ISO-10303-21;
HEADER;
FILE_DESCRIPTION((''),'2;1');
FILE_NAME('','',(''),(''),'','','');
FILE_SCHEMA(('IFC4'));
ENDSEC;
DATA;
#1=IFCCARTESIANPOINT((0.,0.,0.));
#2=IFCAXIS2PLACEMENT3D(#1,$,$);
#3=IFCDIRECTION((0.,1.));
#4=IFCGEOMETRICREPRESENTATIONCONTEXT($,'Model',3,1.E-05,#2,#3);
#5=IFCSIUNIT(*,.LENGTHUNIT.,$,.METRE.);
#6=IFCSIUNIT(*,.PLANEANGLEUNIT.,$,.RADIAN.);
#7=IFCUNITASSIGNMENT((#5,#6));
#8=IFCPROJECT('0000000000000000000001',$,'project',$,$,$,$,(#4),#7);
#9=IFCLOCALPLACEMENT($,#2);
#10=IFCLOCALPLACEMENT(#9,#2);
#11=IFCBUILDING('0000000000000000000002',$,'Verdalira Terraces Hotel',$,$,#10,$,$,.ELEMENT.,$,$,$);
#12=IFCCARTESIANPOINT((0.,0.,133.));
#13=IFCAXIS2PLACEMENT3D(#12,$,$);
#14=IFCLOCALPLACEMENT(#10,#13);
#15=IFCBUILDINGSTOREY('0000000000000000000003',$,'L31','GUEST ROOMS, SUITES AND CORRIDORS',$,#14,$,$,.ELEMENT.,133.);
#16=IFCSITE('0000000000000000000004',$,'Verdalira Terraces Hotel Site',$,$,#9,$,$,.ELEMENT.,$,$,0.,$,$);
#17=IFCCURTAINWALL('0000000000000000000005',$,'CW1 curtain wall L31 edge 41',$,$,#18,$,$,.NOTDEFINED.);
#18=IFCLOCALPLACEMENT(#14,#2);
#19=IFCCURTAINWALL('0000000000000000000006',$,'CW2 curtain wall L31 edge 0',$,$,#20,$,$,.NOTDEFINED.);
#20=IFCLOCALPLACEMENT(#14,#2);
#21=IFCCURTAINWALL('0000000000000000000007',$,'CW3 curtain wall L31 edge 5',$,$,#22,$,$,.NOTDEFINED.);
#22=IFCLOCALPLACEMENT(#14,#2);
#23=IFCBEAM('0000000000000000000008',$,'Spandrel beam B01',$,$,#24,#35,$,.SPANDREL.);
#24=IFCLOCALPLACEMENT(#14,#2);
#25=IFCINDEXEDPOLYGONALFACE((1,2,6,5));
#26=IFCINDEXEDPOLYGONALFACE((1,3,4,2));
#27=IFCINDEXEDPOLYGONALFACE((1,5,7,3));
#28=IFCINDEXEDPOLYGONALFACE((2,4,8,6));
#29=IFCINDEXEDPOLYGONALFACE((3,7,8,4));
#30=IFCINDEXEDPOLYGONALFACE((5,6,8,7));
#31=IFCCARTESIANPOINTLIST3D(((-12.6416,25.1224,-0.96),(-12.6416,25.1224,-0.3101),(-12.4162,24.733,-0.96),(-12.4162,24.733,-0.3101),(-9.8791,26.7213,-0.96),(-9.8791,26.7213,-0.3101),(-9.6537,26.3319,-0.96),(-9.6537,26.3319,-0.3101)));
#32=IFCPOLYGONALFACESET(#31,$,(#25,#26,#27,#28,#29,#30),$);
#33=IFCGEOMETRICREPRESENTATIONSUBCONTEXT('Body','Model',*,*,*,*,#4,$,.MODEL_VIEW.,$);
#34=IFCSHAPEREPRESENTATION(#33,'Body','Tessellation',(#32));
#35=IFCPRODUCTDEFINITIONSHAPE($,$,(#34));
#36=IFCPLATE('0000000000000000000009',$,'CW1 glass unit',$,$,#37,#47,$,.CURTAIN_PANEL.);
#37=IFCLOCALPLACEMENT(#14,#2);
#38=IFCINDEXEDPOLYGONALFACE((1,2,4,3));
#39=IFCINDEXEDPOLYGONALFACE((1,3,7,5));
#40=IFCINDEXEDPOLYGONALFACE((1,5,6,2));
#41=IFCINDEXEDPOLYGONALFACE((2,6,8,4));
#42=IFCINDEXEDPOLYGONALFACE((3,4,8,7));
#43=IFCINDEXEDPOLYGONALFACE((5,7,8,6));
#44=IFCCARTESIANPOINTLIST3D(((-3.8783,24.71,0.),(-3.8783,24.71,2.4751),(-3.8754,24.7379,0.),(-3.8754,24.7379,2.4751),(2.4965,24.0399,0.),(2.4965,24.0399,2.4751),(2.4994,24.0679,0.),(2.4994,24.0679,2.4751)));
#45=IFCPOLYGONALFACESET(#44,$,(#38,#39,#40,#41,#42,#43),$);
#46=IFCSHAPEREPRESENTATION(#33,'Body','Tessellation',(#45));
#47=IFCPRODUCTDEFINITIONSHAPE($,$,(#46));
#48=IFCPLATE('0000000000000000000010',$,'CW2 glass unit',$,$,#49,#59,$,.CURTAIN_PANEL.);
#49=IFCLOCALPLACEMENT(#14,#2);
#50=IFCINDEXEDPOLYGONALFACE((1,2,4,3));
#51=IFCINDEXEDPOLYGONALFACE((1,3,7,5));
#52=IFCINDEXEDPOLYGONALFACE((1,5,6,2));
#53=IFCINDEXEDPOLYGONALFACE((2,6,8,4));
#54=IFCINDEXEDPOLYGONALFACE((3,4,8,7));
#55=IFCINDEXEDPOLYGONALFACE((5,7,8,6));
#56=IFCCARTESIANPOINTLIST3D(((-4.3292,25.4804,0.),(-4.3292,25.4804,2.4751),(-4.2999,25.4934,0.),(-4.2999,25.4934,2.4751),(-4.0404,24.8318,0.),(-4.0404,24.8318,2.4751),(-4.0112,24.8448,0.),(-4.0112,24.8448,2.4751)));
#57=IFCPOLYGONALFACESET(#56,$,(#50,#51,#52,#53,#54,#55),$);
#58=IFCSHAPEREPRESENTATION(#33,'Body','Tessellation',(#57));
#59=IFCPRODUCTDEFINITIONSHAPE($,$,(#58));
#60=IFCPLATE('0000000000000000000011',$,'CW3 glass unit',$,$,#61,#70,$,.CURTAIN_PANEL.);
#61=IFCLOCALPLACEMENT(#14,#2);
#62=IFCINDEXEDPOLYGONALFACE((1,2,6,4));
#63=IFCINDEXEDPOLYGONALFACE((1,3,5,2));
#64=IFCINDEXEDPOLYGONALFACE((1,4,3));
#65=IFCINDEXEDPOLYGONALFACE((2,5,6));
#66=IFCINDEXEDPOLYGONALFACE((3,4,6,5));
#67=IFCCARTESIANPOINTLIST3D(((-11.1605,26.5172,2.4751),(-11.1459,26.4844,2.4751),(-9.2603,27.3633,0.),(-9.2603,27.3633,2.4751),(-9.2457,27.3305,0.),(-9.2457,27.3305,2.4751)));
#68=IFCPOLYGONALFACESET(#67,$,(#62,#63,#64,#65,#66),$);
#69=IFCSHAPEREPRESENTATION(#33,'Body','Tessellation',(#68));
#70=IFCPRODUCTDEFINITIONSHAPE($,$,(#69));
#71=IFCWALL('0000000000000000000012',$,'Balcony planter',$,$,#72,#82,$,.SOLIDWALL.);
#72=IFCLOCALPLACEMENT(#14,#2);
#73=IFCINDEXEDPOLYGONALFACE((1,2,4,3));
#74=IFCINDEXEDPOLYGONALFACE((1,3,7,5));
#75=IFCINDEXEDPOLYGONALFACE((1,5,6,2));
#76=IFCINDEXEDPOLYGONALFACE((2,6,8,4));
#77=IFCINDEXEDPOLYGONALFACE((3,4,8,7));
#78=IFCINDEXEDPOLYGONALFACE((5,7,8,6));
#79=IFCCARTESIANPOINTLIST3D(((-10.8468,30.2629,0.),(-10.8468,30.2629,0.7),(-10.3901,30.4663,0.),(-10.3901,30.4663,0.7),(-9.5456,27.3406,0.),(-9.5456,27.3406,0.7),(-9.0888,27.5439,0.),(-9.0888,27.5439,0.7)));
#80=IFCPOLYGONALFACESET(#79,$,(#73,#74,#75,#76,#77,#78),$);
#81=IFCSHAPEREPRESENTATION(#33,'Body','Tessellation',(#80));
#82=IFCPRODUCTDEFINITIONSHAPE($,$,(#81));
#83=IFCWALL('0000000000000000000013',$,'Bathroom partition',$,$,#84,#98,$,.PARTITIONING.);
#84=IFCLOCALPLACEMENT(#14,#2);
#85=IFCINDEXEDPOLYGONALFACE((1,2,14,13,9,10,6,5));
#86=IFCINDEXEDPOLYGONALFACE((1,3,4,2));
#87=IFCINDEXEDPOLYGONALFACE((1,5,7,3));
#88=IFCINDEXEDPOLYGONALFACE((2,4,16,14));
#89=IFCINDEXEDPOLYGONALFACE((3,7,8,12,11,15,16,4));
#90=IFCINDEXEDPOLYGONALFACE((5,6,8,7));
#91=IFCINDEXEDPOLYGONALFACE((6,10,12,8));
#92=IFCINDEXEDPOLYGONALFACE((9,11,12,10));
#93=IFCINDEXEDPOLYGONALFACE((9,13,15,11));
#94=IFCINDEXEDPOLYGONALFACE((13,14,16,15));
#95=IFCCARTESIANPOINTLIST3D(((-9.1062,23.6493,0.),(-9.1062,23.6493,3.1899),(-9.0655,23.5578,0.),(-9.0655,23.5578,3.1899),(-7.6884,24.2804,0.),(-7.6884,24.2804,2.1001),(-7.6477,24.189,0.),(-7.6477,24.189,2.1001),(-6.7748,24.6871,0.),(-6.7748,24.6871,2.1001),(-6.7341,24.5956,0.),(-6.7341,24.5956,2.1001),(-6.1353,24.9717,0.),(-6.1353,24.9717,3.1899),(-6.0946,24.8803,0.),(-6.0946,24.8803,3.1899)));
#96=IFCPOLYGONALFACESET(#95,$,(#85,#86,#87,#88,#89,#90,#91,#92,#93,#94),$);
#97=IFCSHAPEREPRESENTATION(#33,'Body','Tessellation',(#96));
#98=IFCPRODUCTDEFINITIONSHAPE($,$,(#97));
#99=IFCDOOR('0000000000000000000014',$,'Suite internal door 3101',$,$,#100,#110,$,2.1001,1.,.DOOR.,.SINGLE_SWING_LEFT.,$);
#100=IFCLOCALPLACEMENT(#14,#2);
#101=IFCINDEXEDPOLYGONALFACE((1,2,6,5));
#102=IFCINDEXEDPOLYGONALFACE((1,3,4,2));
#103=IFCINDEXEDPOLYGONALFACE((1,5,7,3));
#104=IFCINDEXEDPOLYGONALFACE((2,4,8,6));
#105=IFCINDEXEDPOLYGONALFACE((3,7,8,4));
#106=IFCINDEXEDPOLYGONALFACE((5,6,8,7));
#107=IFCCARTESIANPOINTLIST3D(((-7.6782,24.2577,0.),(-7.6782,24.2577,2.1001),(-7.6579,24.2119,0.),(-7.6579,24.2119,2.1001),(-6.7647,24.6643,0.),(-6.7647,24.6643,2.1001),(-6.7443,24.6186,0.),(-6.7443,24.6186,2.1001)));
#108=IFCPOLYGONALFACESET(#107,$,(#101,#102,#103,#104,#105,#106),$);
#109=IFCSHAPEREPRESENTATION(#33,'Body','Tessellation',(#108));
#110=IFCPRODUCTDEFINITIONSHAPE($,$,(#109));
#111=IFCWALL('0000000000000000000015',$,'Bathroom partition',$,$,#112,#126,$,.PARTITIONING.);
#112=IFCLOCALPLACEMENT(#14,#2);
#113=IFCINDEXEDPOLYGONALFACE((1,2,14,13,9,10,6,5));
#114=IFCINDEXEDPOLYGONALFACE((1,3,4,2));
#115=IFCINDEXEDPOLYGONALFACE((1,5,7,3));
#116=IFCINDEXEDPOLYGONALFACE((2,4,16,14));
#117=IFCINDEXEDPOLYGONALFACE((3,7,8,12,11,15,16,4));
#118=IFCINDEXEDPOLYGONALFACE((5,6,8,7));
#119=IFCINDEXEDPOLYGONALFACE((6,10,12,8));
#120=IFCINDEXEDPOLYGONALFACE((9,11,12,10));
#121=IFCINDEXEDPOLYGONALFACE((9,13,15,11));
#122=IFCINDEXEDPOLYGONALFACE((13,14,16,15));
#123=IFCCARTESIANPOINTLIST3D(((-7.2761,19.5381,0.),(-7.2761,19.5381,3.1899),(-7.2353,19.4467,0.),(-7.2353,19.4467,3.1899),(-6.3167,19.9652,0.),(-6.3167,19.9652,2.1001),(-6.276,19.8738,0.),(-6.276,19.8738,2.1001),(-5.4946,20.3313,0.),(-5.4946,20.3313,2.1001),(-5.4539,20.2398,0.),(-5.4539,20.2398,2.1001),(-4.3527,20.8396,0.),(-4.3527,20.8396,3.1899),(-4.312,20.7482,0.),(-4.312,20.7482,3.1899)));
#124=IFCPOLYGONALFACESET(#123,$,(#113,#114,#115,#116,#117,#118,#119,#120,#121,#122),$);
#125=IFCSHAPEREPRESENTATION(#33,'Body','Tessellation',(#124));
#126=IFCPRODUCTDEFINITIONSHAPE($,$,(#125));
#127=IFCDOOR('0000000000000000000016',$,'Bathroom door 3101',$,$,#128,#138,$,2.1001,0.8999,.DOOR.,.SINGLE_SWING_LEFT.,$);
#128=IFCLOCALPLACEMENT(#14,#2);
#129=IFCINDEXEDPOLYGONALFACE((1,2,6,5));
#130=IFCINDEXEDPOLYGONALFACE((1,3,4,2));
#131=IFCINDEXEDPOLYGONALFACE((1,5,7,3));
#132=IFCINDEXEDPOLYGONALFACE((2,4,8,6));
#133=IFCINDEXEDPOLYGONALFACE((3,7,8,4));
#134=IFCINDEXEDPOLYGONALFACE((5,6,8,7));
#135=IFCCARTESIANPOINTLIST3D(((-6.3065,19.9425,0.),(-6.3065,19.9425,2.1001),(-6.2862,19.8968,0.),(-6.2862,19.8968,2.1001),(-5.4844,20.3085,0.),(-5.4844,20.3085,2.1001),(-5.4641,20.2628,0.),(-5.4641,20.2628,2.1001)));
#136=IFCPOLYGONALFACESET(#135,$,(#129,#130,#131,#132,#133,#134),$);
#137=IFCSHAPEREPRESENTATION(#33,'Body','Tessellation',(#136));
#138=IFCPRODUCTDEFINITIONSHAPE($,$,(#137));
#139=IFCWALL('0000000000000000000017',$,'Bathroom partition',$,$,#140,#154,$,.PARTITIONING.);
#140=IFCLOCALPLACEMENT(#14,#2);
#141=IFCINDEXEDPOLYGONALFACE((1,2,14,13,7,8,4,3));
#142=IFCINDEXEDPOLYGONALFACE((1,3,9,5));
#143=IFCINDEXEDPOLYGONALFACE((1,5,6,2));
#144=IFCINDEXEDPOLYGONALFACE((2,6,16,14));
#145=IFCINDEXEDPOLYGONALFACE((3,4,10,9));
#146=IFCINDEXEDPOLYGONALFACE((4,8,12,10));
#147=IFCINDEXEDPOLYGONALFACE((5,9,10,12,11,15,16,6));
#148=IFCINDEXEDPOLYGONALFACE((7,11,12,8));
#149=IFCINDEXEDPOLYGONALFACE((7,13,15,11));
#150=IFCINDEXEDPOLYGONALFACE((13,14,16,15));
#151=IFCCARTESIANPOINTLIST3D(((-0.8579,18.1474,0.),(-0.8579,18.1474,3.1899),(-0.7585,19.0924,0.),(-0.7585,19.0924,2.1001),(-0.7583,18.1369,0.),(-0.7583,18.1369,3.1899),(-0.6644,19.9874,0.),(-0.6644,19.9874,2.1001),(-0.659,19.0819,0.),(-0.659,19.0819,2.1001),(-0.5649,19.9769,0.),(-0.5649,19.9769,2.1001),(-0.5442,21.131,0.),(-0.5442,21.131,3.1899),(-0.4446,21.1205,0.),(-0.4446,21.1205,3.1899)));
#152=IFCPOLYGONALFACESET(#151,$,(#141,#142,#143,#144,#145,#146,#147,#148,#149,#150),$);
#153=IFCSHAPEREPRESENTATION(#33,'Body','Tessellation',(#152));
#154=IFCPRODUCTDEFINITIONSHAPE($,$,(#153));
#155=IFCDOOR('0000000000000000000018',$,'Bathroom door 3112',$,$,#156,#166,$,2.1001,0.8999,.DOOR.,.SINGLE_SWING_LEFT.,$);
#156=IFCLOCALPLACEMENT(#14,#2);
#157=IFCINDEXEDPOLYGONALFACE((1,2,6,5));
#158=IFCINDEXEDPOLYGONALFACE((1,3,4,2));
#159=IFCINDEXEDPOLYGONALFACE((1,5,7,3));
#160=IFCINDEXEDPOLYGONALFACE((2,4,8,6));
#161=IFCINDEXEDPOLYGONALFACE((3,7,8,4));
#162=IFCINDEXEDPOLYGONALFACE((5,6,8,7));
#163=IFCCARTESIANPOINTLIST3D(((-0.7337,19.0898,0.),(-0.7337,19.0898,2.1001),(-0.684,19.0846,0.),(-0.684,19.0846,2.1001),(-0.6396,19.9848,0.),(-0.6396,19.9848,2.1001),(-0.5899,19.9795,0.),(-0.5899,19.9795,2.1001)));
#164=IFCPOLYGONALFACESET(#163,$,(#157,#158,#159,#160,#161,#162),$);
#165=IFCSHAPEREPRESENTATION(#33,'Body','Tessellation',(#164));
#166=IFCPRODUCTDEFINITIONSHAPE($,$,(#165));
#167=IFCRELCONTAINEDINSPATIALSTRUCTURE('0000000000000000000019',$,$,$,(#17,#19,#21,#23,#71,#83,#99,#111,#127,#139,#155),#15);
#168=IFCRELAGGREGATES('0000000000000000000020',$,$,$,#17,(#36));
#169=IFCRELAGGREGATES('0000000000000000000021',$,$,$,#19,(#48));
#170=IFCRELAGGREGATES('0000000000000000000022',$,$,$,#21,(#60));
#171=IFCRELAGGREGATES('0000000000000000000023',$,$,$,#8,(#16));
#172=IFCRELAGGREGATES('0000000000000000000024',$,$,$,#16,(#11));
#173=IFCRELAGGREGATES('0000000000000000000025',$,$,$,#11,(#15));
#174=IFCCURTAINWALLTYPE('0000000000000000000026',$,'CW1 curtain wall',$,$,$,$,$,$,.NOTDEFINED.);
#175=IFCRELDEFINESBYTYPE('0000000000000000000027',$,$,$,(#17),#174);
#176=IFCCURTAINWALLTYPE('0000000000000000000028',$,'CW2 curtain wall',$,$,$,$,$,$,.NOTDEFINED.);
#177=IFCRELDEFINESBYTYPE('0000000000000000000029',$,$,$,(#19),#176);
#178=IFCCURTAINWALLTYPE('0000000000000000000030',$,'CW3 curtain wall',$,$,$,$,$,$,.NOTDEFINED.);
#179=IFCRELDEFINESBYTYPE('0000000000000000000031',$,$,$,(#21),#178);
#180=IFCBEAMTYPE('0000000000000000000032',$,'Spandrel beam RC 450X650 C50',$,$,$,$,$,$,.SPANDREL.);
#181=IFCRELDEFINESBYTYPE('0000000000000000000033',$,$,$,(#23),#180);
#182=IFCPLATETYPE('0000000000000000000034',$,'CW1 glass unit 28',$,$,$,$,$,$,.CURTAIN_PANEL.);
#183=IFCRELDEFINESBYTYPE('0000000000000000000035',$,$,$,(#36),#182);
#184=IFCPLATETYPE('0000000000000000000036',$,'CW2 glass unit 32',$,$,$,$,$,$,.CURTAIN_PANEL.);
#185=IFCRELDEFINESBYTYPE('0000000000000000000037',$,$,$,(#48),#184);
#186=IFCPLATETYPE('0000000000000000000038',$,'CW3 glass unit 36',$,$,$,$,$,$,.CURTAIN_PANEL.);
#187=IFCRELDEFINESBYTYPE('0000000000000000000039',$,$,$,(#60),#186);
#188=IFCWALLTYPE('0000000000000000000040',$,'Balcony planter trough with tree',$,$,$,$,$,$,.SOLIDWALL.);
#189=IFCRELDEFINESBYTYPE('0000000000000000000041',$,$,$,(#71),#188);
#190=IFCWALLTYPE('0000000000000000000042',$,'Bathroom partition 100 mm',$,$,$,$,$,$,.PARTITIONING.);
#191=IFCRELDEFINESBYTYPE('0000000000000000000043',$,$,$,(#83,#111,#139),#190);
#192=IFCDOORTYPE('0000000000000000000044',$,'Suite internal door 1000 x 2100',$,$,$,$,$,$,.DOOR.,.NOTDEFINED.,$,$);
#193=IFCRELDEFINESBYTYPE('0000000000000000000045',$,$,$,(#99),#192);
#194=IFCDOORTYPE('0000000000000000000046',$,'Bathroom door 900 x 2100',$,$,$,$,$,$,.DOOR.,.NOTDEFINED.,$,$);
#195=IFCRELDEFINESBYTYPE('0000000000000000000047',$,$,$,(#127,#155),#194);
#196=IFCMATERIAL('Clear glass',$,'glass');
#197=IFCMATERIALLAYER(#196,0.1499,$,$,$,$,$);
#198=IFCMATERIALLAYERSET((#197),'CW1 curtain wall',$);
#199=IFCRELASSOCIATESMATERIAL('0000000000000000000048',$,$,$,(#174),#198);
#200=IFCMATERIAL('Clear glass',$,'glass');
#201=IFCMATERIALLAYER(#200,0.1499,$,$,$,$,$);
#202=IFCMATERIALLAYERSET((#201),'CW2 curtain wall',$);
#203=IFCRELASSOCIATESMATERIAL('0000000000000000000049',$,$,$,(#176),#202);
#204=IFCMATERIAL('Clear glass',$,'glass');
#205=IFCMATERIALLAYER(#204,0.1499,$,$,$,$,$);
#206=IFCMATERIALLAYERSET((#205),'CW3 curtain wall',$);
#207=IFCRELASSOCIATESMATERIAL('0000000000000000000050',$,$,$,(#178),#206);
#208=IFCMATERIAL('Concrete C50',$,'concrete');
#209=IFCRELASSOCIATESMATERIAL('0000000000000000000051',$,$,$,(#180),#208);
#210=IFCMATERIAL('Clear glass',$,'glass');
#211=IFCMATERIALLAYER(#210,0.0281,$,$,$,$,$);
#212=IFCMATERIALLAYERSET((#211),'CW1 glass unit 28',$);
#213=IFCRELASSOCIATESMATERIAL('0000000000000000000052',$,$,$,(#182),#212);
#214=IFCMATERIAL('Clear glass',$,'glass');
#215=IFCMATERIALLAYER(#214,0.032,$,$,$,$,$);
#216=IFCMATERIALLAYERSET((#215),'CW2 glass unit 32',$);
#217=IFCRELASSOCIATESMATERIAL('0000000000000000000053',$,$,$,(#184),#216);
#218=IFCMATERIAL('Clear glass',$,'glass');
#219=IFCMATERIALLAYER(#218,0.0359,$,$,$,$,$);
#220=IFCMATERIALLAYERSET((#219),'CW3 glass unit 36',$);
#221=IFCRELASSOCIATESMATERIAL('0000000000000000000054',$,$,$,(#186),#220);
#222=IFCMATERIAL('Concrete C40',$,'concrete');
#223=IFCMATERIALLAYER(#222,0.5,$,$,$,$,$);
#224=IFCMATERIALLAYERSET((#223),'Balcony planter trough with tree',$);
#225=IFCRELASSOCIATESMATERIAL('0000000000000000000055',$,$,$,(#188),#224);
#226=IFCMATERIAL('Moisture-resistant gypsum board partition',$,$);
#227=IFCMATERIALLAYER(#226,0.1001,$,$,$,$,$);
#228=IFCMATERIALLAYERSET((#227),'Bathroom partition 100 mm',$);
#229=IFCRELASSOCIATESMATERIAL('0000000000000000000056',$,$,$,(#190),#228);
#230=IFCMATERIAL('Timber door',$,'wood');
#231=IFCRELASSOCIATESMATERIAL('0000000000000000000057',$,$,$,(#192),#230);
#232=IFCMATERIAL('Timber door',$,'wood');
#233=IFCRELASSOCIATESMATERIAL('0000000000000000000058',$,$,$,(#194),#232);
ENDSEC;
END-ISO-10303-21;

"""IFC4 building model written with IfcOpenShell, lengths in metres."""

from ifc_helpers import new_model, si_unit, direction, frame, frame_2d, origin, origin_2d, place, context, subcontext, project, spatial, polyline, rectangle, outline, extrude, material, layer, layer_set, material_profile, profile_set, type_object, element, fill, aggregate, save


model = new_model("IFC4")

# Units and contexts
model_context = context("Model", 3, precision=1e-05, world=origin(), true_north=direction((0.0, 1.0)))
body_context = subcontext(model_context, "Body", "Model", "MODEL_VIEW")
ifc_project = project(units=[si_unit("LENGTHUNIT", "METRE"), si_unit("PLANEANGLEUNIT", "RADIAN")], contexts=[model_context])

# Site, building, storey
site_placement = place(None, origin())
site = spatial("IfcSite", under=ifc_project, at=site_placement, Name="Verdalira Terraces Hotel Site", CompositionType="ELEMENT", RefElevation=0.0)
building_placement = place(site_placement, origin())
building = spatial("IfcBuilding", under=site, at=building_placement, Name="Verdalira Terraces Hotel", CompositionType="ELEMENT")
storey_placement = place(building_placement, frame((0.0, 0.0, 133.0)))
storey = spatial("IfcBuildingStorey", under=building, at=storey_placement, Name="L31", Description="GUEST ROOMS, SUITES AND CORRIDORS", CompositionType="ELEMENT", Elevation=133.0)

# Curtain wall
ifc_material_1 = material(Name="Clear glass", Category="glass")
ifc_layer_1 = layer(ifc_material_1, 0.1499)
ifc_layer_set_1 = layer_set([ifc_layer_1], Name="CW1 curtain wall")
curtain_wall_type_1 = type_object("IfcCurtainWallType", Name="CW1 curtain wall", PredefinedType="NOTDEFINED", material=ifc_layer_set_1)
curtain_wall_1_placement = place(storey_placement, origin())
curtain_wall_1 = element("IfcCurtainWall", 1, at=curtain_wall_1_placement, inside=storey, type_object=curtain_wall_type_1, Name="CW1 curtain wall L31 edge 41", PredefinedType="NOTDEFINED")

# Curtain walls
ifc_material_2 = material(Name="Clear glass", Category="glass")
ifc_layer_2 = layer(ifc_material_2, 0.1499)
ifc_layer_set_2 = layer_set([ifc_layer_2], Name="CW2 curtain wall")
curtain_wall_type_2 = type_object("IfcCurtainWallType", Name="CW2 curtain wall", PredefinedType="NOTDEFINED", material=ifc_layer_set_2)
curtain_wall_2_placement = place(storey_placement, origin())
curtain_wall_2 = element("IfcCurtainWall", 2, at=curtain_wall_2_placement, inside=storey, type_object=curtain_wall_type_2, Name="CW2 curtain wall L31 edge 0", PredefinedType="NOTDEFINED")
ifc_material_3 = material(Name="Clear glass", Category="glass")
ifc_layer_3 = layer(ifc_material_3, 0.1499)
ifc_layer_set_3 = layer_set([ifc_layer_3], Name="CW3 curtain wall")
curtain_wall_type_3 = type_object("IfcCurtainWallType", Name="CW3 curtain wall", PredefinedType="NOTDEFINED", material=ifc_layer_set_3)
curtain_wall_3_placement = place(storey_placement, origin())
curtain_wall_3 = element("IfcCurtainWall", 3, at=curtain_wall_3_placement, inside=storey, type_object=curtain_wall_type_3, Name="CW3 curtain wall L31 edge 5", PredefinedType="NOTDEFINED")

# Beam
ifc_material_4 = material(Name="Concrete C50", Category="concrete")
ifc_material_profile_1 = material_profile(ifc_material_4, rectangle(XDim=0.45, YDim=0.6499, at=origin_2d()), Name="RC 450X650")
ifc_profile_set_1 = profile_set([ifc_material_profile_1], Name="Concrete C50")
beam_type_1 = type_object("IfcBeamType", Name="Spandrel beam RC 450X650 C50", PredefinedType="SPANDREL", material=ifc_profile_set_1)
beam_1_placement = place(storey_placement, frame((-9.7664, 26.5266, -0.635), z_axis=(-0.865486, -0.500934, 0.0), x_axis=(0.500934, -0.865486, 0.0)))
element("IfcBeam", 4, at=beam_1_placement, inside=storey, type_object=beam_type_1, Name="Spandrel beam B01", PredefinedType="SPANDREL", context=body_context, shape_type="SweptSolid", body=[
    extrude(rectangle(XDim=0.45, YDim=0.6499, at=origin_2d()), origin(), (0.0, 0.0, 1.0), 3.1919),
])

# Plates
ifc_material_5 = material(Name="Clear glass", Category="glass")
ifc_layer_4 = layer(ifc_material_5, 0.0281)
ifc_layer_set_4 = layer_set([ifc_layer_4], Name="CW1 glass unit 28")
plate_type_1 = type_object("IfcPlateType", Name="CW1 glass unit 28", PredefinedType="CURTAIN_PANEL", material=ifc_layer_set_4)
plate_1_placement = place(storey_placement, frame((-0.6895, 24.3889, 0.0), z_axis=(0.0, 0.0, 1.0), x_axis=(-0.994522, 0.104528, 0.0)))
plate_1 = element("IfcPlate", 5, at=plate_1_placement, type_object=plate_type_1, Name="CW1 glass unit", PredefinedType="CURTAIN_PANEL", context=body_context, shape_type="SweptSolid", body=[
    extrude(rectangle(XDim=6.4099, YDim=0.0281, at=origin_2d()), origin(), (0.0, 0.0, 1.0), 2.4751),
])
aggregate(curtain_wall_1, [plate_1])
ifc_material_6 = material(Name="Clear glass", Category="glass")
ifc_layer_5 = layer(ifc_material_6, 0.032)
ifc_layer_set_5 = layer_set([ifc_layer_5], Name="CW2 glass unit 32")
plate_type_2 = type_object("IfcPlateType", Name="CW2 glass unit 32", PredefinedType="CURTAIN_PANEL", material=ifc_layer_set_5)
plate_2_placement = place(storey_placement, frame((-4.1702, 25.1626, 0.0), z_axis=(0.0, 0.0, 1.0), x_axis=(-0.406737, 0.913545, 0.0)))
plate_2 = element("IfcPlate", 6, at=plate_2_placement, type_object=plate_type_2, Name="CW2 glass unit", PredefinedType="CURTAIN_PANEL", context=body_context, shape_type="SweptSolid", body=[
    extrude(rectangle(XDim=0.71, YDim=0.032, at=origin_2d()), origin(), (0.0, 0.0, 1.0), 2.4751),
])
aggregate(curtain_wall_2, [plate_2])
ifc_material_7 = material(Name="Clear glass", Category="glass")
ifc_layer_6 = layer(ifc_material_7, 0.0359)
ifc_layer_set_6 = layer_set([ifc_layer_6], Name="CW3 glass unit 36")
plate_type_3 = type_object("IfcPlateType", Name="CW3 glass unit 36", PredefinedType="CURTAIN_PANEL", material=ifc_layer_set_6)
plate_3_placement = place(storey_placement, frame((-10.1958, 26.9075, 1.2375), z_axis=(-0.406737, 0.913545, 0.0), x_axis=(-0.913545, -0.406737, 0.0)))
plate_3 = element("IfcPlate", 7, at=plate_3_placement, type_object=plate_type_3, Name="CW3 glass unit", PredefinedType="CURTAIN_PANEL", context=body_context, shape_type="SweptSolid", body=[
    extrude(outline(polyline([(-1.04, -1.2375), (1.04, 1.2375), (-1.04, 1.2375), (-1.04, -1.2375)])), origin(), (0.0, 0.0, 1.0), 0.0359),
])
aggregate(curtain_wall_3, [plate_3])

# Wall
ifc_material_8 = material(Name="Concrete C40", Category="concrete")
ifc_layer_7 = layer(ifc_material_8, 0.5)
ifc_layer_set_7 = layer_set([ifc_layer_7], Name="Balcony planter trough with tree")
wall_type_1 = type_object("IfcWallType", Name="Balcony planter trough with tree", PredefinedType="SOLIDWALL", material=ifc_layer_set_7)
wall_1_placement = place(storey_placement, frame((-9.3171, 27.4421, 0.0), z_axis=(0.0, 0.0, 1.0), x_axis=(-0.406776, 0.913528, 0.0)))
element("IfcWall", 8, at=wall_1_placement, inside=storey, type_object=wall_type_1, Name="Balcony planter", PredefinedType="SOLIDWALL", context=body_context, shape_type="SweptSolid", body=[
    extrude(rectangle(XDim=3.199, YDim=0.5, at=frame_2d((1.5996, 0.0))), origin(), (0.0, 0.0, 1.0), 0.7),
])

# Walls, openings, doors
ifc_material_9 = material(Name="Moisture-resistant gypsum board partition")
ifc_layer_8 = layer(ifc_material_9, 0.1001)
ifc_layer_set_8 = layer_set([ifc_layer_8], Name="Bathroom partition 100 mm")
wall_type_2 = type_object("IfcWallType", Name="Bathroom partition 100 mm", PredefinedType="PARTITIONING", material=ifc_layer_set_8)
wall_2_placement = place(storey_placement, frame((-6.115, 24.926, 0.0), z_axis=(0.0, 0.0, 1.0), x_axis=(-0.913573, -0.406675, 0.0)))
wall_2 = element("IfcWall", 9, at=wall_2_placement, inside=storey, type_object=wall_type_2, Name="Bathroom partition", PredefinedType="PARTITIONING", context=body_context, shape_type="SweptSolid", body=[
    extrude(rectangle(XDim=3.252, YDim=0.1001, at=frame_2d((1.626, 0.0))), origin(), (0.0, 0.0, 1.0), 3.1899),
])
opening_1_placement = place(wall_2_placement, frame((0.7, 0.0, 0.0)))
opening_1 = element("IfcOpeningElement", 10, at=opening_1_placement, cuts=wall_2, PredefinedType="OPENING", context=body_context, shape_type="SweptSolid", body=[
    extrude(rectangle(XDim=1.0, YDim=2.1001, at=frame_2d((0.5, 1.05))), frame((0.0, 0.0601, 0.0), z_axis=(0.0, -1.0, 0.0), x_axis=(1.0, 0.0, 0.0)), (0.0, 0.0, 1.0), 0.1201),
])
ifc_material_10 = material(Name="Timber door", Category="wood")
door_type_1 = type_object("IfcDoorType", Name="Suite internal door 1000 x 2100", OperationType="NOTDEFINED", PredefinedType="DOOR", material=ifc_material_10)
door_1_placement = place(opening_1_placement, origin())
door_1 = element("IfcDoor", 11, at=door_1_placement, inside=storey, type_object=door_type_1, Name="Suite internal door 3101", OperationType="SINGLE_SWING_LEFT", OverallHeight=2.1001, OverallWidth=1.0, PredefinedType="DOOR", context=body_context, shape_type="SweptSolid", body=[
    extrude(rectangle(XDim=1.0, YDim=2.1001, at=frame_2d((0.5, 1.05))), frame((0.0, 0.0249, 0.0), z_axis=(0.0, -1.0, 0.0), x_axis=(1.0, 0.0, 0.0)), (0.0, 0.0, 1.0), 0.05),
])
fill(opening_1, door_1)
wall_3_placement = place(storey_placement, frame((-4.3323, 20.7939, 0.0), z_axis=(0.0, 0.0, 1.0), x_axis=(-0.91355, -0.406726, 0.0)))
wall_3 = element("IfcWall", 12, at=wall_3_placement, inside=storey, type_object=wall_type_2, Name="Bathroom partition", PredefinedType="PARTITIONING", context=body_context, shape_type="SweptSolid", body=[
    extrude(rectangle(XDim=3.2, YDim=0.1001, at=frame_2d((1.6001, 0.0))), origin(), (0.0, 0.0, 1.0), 3.1899),
])
opening_2_placement = place(wall_3_placement, frame((1.25, 0.0, 0.0)))
opening_2 = element("IfcOpeningElement", 13, at=opening_2_placement, cuts=wall_3, PredefinedType="OPENING", context=body_context, shape_type="SweptSolid", body=[
    extrude(rectangle(XDim=0.8999, YDim=2.1001, at=frame_2d((0.45, 1.05))), frame((0.0, 0.0601, 0.0), z_axis=(0.0, -1.0, 0.0), x_axis=(1.0, 0.0, 0.0)), (0.0, 0.0, 1.0), 0.1201),
])
ifc_material_11 = material(Name="Timber door", Category="wood")
door_type_2 = type_object("IfcDoorType", Name="Bathroom door 900 x 2100", OperationType="NOTDEFINED", PredefinedType="DOOR", material=ifc_material_11)
door_2_placement = place(opening_2_placement, origin())
door_2 = element("IfcDoor", 14, at=door_2_placement, inside=storey, type_object=door_type_2, Name="Bathroom door 3101", OperationType="SINGLE_SWING_LEFT", OverallHeight=2.1001, OverallWidth=0.8999, PredefinedType="DOOR", context=body_context, shape_type="SweptSolid", body=[
    extrude(rectangle(XDim=0.8999, YDim=2.1001, at=frame_2d((0.45, 1.05))), frame((0.0, 0.0249, 0.0), z_axis=(0.0, -1.0, 0.0), x_axis=(1.0, 0.0, 0.0)), (0.0, 0.0, 1.0), 0.05),
])
fill(opening_2, door_2)
wall_4_placement = place(storey_placement, frame((-0.4944, 21.1257, 0.0), z_axis=(0.0, 0.0, 1.0), x_axis=(-0.10457, -0.994517, 0.0)))
wall_4 = element("IfcWall", 15, at=wall_4_placement, inside=storey, type_object=wall_type_2, Name="Bathroom partition", PredefinedType="PARTITIONING", context=body_context, shape_type="SweptSolid", body=[
    extrude(rectangle(XDim=3.0, YDim=0.1001, at=frame_2d((1.5, 0.0))), origin(), (0.0, 0.0, 1.0), 3.1899),
])
opening_3_placement = place(wall_4_placement, frame((1.1499, 0.0, 0.0)))
opening_3 = element("IfcOpeningElement", 16, at=opening_3_placement, cuts=wall_4, PredefinedType="OPENING", context=body_context, shape_type="SweptSolid", body=[
    extrude(rectangle(XDim=0.8999, YDim=2.1001, at=frame_2d((0.45, 1.05))), frame((0.0, 0.0601, 0.0), z_axis=(0.0, -1.0, 0.0), x_axis=(1.0, 0.0, 0.0)), (0.0, 0.0, 1.0), 0.1201),
])
door_3_placement = place(opening_3_placement, origin())
door_3 = element("IfcDoor", 17, at=door_3_placement, inside=storey, type_object=door_type_2, Name="Bathroom door 3112", OperationType="SINGLE_SWING_LEFT", OverallHeight=2.1001, OverallWidth=0.8999, PredefinedType="DOOR", context=body_context, shape_type="SweptSolid", body=[
    extrude(rectangle(XDim=0.8999, YDim=2.1001, at=frame_2d((0.45, 1.05))), frame((0.0, 0.0249, 0.0), z_axis=(0.0, -1.0, 0.0), x_axis=(1.0, 0.0, 0.0)), (0.0, 0.0, 1.0), 0.05),
])
fill(opening_3, door_3)

save(model, "model.ifc")
